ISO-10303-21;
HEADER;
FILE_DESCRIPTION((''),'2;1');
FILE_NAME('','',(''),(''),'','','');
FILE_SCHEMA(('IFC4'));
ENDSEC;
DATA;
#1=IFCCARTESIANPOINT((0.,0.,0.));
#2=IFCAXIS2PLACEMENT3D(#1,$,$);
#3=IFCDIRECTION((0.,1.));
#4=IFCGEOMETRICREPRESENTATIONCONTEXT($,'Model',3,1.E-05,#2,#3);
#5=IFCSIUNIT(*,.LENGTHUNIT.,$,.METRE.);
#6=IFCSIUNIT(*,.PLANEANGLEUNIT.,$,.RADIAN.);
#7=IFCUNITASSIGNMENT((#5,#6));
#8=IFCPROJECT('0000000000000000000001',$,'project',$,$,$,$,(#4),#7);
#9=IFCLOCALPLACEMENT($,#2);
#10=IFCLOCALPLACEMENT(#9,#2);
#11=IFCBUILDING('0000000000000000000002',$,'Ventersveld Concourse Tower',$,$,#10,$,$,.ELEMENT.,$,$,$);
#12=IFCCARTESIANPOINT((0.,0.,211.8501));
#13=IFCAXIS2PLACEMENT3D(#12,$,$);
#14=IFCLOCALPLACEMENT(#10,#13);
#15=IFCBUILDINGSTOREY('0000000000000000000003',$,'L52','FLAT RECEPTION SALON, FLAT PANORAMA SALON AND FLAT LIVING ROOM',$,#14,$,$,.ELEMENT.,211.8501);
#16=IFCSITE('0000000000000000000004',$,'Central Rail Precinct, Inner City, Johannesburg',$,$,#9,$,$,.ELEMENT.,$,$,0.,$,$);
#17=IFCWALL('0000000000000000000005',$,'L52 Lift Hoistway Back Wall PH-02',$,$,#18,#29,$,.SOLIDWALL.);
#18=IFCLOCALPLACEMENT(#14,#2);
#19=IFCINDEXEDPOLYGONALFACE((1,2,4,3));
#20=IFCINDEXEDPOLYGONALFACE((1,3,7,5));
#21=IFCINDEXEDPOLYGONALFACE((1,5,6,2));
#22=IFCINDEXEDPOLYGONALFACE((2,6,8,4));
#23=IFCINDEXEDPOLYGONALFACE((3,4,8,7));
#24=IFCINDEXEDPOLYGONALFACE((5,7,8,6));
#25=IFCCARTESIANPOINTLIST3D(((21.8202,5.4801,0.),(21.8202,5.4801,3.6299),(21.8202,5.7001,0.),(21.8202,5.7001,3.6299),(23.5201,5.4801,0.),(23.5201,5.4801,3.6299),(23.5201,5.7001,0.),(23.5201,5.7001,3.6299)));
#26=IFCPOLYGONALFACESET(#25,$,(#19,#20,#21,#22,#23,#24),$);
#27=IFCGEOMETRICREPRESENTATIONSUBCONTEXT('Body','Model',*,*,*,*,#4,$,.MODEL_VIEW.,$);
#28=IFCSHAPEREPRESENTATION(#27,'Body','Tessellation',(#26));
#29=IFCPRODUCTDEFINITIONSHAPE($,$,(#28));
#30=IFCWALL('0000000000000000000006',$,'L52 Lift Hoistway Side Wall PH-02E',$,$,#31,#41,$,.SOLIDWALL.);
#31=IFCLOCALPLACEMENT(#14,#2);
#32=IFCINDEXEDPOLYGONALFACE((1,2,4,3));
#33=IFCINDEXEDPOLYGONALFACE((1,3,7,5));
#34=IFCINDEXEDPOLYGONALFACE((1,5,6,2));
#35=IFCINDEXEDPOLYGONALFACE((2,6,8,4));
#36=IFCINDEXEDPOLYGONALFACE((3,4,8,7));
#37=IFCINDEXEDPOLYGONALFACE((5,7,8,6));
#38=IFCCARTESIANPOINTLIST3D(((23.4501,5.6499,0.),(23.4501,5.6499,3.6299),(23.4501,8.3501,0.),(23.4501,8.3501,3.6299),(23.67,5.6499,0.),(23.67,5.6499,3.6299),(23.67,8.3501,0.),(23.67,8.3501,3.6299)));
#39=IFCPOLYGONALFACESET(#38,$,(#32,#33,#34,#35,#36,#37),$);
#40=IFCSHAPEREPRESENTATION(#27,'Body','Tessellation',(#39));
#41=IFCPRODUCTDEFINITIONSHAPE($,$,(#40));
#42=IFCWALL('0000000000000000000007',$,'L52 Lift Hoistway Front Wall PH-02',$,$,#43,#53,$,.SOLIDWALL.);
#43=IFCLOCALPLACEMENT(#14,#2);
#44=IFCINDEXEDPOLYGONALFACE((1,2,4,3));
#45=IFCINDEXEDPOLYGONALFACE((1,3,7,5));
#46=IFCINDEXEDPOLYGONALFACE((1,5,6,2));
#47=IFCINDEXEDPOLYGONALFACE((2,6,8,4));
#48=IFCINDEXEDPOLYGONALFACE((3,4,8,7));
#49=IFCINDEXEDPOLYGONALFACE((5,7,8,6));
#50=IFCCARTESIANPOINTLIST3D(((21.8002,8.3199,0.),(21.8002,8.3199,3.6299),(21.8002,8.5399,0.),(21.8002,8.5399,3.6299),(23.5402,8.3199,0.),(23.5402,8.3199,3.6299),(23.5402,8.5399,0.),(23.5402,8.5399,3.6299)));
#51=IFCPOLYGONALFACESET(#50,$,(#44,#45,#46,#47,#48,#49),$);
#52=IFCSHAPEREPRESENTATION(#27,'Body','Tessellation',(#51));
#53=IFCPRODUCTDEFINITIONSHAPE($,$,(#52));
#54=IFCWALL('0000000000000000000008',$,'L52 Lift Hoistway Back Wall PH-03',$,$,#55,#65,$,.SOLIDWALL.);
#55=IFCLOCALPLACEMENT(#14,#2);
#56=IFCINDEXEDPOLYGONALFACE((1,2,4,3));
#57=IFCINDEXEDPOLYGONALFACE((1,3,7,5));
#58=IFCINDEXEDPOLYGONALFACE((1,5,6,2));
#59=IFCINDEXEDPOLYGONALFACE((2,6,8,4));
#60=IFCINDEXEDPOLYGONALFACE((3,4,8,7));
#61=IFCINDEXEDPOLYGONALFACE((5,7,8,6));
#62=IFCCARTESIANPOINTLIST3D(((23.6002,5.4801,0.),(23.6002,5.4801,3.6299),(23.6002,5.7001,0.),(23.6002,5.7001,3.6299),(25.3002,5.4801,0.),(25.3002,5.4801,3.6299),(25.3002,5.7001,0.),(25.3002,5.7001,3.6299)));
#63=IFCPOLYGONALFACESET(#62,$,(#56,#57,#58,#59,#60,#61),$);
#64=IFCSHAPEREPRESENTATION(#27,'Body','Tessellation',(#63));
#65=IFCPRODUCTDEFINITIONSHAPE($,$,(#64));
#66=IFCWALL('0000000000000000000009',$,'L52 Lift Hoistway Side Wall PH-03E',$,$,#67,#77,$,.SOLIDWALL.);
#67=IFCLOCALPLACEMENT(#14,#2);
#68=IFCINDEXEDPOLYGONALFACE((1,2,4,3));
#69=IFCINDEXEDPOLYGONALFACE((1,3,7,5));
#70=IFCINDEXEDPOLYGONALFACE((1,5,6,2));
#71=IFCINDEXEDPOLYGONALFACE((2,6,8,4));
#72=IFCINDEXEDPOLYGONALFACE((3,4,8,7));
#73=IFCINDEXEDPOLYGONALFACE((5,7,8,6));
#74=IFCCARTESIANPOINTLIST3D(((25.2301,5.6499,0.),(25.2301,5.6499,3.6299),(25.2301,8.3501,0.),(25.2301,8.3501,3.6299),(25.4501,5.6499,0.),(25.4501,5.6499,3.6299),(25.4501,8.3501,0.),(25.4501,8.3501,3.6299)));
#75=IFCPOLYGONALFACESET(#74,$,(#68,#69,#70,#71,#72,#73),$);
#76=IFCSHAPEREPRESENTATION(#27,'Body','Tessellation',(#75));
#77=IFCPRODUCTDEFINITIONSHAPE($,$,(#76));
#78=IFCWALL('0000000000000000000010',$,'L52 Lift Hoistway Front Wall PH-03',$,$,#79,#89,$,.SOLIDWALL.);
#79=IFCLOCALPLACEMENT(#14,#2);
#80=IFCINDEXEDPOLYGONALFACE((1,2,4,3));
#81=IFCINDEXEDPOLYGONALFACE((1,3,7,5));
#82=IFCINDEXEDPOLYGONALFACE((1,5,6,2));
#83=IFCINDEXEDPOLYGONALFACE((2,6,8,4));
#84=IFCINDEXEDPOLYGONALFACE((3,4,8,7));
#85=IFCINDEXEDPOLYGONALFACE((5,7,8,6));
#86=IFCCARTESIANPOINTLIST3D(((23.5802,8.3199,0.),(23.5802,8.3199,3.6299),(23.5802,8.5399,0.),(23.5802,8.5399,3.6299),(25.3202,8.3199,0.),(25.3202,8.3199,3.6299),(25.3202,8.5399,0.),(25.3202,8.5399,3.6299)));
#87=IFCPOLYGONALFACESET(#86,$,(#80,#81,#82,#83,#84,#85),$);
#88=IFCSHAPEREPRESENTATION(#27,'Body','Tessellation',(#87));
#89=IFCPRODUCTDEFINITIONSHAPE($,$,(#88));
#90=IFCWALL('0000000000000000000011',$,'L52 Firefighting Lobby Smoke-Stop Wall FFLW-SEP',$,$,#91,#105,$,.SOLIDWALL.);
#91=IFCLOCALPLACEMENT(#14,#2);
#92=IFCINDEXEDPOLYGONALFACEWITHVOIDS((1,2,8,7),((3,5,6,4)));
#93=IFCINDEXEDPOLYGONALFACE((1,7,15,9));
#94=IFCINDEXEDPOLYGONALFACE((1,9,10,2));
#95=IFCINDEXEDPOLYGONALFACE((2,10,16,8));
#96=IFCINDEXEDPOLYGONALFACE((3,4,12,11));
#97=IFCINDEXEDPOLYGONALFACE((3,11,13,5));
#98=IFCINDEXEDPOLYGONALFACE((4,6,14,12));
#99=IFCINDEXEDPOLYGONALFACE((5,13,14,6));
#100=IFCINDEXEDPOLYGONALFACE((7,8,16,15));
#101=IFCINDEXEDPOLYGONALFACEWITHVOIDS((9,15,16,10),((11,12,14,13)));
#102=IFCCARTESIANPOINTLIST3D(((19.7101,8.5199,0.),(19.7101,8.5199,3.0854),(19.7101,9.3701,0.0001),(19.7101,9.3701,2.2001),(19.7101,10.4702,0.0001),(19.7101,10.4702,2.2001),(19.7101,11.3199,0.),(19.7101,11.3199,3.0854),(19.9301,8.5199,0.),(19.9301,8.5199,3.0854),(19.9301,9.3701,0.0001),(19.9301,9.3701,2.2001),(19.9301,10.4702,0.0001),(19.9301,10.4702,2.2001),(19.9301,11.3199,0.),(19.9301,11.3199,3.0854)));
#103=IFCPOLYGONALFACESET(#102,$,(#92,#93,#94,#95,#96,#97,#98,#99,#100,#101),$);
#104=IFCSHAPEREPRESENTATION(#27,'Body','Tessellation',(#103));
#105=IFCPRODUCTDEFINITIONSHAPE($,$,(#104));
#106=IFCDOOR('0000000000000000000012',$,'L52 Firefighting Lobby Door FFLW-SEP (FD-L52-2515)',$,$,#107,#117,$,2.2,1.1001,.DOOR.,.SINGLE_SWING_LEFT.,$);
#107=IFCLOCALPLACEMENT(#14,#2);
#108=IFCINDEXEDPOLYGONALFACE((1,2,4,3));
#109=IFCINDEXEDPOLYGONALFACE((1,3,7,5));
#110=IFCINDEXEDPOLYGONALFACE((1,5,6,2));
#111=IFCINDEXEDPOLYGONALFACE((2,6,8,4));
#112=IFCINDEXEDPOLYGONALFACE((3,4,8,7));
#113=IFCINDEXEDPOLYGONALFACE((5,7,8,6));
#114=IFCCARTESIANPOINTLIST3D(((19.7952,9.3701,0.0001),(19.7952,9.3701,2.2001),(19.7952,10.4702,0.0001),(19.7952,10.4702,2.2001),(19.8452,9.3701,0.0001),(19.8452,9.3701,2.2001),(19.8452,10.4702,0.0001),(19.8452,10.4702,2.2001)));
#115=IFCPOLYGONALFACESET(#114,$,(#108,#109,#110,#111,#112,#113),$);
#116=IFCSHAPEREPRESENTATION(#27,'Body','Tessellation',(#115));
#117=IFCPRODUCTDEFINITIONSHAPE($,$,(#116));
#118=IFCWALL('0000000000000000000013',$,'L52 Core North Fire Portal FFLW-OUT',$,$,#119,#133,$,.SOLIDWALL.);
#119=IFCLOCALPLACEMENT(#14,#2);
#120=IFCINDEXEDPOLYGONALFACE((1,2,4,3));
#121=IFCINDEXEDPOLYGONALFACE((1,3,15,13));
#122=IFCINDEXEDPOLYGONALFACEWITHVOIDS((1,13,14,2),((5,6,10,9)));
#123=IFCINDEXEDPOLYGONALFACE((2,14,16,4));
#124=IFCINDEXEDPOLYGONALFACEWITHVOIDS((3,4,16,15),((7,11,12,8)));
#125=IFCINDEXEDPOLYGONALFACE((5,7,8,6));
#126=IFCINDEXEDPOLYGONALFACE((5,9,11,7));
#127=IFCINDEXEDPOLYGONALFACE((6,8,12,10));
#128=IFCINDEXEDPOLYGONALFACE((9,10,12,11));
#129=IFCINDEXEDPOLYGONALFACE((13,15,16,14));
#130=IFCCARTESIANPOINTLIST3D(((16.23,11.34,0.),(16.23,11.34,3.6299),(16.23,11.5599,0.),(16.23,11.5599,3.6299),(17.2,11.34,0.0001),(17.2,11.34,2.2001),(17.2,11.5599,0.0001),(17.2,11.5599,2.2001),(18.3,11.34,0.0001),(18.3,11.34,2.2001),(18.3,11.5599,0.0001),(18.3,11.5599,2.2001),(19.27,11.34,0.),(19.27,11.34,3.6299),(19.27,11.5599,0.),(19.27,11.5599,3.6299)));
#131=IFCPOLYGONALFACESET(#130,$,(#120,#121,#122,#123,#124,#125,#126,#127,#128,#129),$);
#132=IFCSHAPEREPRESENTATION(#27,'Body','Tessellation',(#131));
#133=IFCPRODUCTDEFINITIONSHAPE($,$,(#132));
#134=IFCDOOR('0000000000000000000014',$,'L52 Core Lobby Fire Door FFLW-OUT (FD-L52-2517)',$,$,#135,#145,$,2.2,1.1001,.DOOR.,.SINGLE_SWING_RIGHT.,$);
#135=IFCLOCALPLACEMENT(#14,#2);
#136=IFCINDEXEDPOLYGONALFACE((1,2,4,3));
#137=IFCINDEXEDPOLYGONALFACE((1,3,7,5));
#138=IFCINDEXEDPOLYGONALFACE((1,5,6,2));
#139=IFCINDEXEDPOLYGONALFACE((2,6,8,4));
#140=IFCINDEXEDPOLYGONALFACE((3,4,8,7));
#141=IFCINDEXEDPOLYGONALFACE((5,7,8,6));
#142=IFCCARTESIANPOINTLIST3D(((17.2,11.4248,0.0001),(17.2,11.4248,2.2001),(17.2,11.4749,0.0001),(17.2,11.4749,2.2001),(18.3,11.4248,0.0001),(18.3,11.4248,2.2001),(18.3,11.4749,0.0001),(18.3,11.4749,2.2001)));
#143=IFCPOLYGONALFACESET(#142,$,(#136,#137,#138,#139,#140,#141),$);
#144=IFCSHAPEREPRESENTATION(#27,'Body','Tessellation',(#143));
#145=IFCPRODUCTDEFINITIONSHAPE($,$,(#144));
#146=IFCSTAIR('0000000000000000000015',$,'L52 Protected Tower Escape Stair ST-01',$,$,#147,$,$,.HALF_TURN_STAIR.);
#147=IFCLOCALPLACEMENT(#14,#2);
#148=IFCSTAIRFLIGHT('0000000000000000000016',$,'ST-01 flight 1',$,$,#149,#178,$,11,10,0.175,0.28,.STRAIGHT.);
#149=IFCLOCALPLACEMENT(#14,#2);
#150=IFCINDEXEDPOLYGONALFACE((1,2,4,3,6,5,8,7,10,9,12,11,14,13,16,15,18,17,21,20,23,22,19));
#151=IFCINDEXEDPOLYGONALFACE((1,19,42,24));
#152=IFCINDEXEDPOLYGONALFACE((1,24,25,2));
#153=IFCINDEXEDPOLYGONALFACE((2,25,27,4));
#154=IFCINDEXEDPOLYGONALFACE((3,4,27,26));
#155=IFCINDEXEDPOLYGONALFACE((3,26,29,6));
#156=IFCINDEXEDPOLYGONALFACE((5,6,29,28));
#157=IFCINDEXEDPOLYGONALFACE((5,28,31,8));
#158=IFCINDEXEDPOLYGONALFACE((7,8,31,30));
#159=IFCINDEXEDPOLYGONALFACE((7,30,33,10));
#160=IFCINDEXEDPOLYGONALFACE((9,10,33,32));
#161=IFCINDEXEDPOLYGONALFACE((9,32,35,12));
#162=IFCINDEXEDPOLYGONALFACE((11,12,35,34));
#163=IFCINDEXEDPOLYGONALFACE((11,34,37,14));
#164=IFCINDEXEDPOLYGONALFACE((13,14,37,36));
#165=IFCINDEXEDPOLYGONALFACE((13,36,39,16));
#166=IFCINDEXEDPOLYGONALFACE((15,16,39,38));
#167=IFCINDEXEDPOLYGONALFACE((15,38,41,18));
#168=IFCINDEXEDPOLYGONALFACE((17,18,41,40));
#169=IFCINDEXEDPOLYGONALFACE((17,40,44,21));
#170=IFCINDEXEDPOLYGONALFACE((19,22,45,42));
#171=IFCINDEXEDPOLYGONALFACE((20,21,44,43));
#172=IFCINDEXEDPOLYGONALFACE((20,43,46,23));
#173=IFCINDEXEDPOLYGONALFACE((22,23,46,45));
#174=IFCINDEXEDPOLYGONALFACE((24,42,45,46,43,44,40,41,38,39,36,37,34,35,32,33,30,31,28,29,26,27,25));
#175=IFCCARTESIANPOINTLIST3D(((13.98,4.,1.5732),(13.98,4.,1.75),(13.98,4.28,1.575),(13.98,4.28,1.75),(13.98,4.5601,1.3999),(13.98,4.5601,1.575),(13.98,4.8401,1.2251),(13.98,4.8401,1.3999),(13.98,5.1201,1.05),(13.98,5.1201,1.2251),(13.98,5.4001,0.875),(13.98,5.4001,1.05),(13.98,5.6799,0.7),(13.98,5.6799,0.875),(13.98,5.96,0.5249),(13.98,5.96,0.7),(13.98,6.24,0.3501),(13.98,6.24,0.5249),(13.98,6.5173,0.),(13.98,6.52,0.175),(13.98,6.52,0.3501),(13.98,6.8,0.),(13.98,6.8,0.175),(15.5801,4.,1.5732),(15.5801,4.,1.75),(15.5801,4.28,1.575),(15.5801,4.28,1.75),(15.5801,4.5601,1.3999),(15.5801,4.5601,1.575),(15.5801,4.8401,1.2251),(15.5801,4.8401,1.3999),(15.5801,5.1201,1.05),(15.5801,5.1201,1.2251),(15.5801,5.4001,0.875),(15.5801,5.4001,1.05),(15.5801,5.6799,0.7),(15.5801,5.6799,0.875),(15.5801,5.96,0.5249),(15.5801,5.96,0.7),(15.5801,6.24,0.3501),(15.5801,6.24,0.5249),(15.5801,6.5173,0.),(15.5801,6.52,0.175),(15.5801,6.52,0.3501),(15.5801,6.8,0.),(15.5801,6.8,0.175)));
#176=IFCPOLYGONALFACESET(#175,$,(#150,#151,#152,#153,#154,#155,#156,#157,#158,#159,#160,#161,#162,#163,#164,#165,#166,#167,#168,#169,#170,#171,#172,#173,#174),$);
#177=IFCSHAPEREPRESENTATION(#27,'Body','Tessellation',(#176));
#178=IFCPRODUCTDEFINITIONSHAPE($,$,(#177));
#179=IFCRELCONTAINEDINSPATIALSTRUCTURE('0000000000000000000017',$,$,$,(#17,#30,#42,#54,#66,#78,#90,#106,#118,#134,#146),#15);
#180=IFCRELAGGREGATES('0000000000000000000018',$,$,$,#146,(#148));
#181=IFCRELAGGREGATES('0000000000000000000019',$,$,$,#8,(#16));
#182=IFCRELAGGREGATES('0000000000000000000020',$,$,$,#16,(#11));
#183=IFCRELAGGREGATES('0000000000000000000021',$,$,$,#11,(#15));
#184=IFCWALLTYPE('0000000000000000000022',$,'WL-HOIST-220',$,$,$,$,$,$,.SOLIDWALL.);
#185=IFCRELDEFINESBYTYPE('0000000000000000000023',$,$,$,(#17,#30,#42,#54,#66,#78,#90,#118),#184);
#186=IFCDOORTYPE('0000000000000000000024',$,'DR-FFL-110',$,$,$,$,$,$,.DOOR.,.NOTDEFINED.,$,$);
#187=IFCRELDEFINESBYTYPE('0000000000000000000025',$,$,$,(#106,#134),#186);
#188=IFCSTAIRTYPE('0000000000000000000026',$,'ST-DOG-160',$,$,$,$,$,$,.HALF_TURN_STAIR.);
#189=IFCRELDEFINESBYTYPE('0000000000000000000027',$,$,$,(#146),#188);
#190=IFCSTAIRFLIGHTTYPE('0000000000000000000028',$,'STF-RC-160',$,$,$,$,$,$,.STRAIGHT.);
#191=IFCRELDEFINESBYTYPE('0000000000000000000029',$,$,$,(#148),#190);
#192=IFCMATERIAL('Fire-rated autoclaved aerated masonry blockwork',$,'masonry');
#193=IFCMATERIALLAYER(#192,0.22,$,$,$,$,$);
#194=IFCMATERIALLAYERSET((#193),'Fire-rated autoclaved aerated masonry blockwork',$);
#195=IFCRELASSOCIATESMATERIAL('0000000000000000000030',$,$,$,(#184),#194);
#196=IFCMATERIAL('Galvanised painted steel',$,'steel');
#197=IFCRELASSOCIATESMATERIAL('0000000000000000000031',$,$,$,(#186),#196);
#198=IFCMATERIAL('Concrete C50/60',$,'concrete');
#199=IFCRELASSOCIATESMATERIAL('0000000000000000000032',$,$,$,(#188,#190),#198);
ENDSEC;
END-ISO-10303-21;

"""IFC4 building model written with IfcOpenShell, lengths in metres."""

from ifc_helpers import new_model, si_unit, direction, frame, frame_2d, origin, place, context, subcontext, project, spatial, polyline, rectangle, outline, extrude, material, layer, layer_set, type_object, element, fill, aggregate, save


model = new_model("IFC4")

# Units and contexts
model_context = context("Model", 3, precision=1e-05, world=origin(), true_north=direction((0.0, 1.0)))
body_context = subcontext(model_context, "Body", "Model", "MODEL_VIEW")
ifc_project = project(units=[si_unit("LENGTHUNIT", "METRE"), si_unit("PLANEANGLEUNIT", "RADIAN")], contexts=[model_context])

# Site, building, storey
site_placement = place(None, origin())
site = spatial("IfcSite", under=ifc_project, at=site_placement, Name="Central Rail Precinct, Inner City, Johannesburg", CompositionType="ELEMENT", RefElevation=0.0)
building_placement = place(site_placement, origin())
building = spatial("IfcBuilding", under=site, at=building_placement, Name="Ventersveld Concourse Tower", CompositionType="ELEMENT")
storey_placement = place(building_placement, frame((0.0, 0.0, 211.8501)))
storey = spatial("IfcBuildingStorey", under=building, at=storey_placement, Name="L52", Description="FLAT RECEPTION SALON, FLAT PANORAMA SALON AND FLAT LIVING ROOM", CompositionType="ELEMENT", Elevation=211.8501)

# Shared definitions
ifc_material_1 = material(Name="Concrete C50/60", Category="concrete")

# Shared definitions
ifc_material_2 = material(Name="Fire-rated autoclaved aerated masonry blockwork", Category="masonry")
ifc_layer_1 = layer(ifc_material_2, 0.22)
ifc_layer_set_1 = layer_set([ifc_layer_1], Name="Fire-rated autoclaved aerated masonry blockwork")
wall_type_1 = type_object("IfcWallType", Name="WL-HOIST-220", PredefinedType="SOLIDWALL", material=ifc_layer_set_1)

# Walls
wall_1_placement = place(storey_placement, frame((21.8201, 5.5901, 0.0), z_axis=(0.0, 0.0, 1.0), x_axis=(1.0, 0.0, 0.0)))
element("IfcWall", 1, at=wall_1_placement, inside=storey, type_object=wall_type_1, Name="L52 Lift Hoistway Back Wall PH-02", PredefinedType="SOLIDWALL", context=body_context, shape_type="SweptSolid", body=[
    extrude(rectangle(XDim=1.7, YDim=0.22, at=frame_2d((0.8501, 0.0))), origin(), (0.0, 0.0, 1.0), 3.6299),
])
wall_2_placement = place(storey_placement, frame((23.5601, 5.6499, 0.0), z_axis=(0.0, 0.0, 1.0), x_axis=(0.0, 1.0, 0.0)))
element("IfcWall", 2, at=wall_2_placement, inside=storey, type_object=wall_type_1, Name="L52 Lift Hoistway Side Wall PH-02E", PredefinedType="SOLIDWALL", context=body_context, shape_type="SweptSolid", body=[
    extrude(rectangle(XDim=2.7002, YDim=0.22, at=frame_2d((1.3501, 0.0))), origin(), (0.0, 0.0, 1.0), 3.6299),
])
wall_3_placement = place(storey_placement, frame((21.8, 8.4299, 0.0), z_axis=(0.0, 0.0, 1.0), x_axis=(1.0, 0.0, 0.0)))
element("IfcWall", 3, at=wall_3_placement, inside=storey, type_object=wall_type_1, Name="L52 Lift Hoistway Front Wall PH-02", PredefinedType="SOLIDWALL", context=body_context, shape_type="SweptSolid", body=[
    extrude(rectangle(XDim=1.74, YDim=0.22, at=frame_2d((0.8701, 0.0))), origin(), (0.0, 0.0, 1.0), 3.6299),
])
wall_4_placement = place(storey_placement, frame((23.6001, 5.5901, 0.0), z_axis=(0.0, 0.0, 1.0), x_axis=(1.0, 0.0, 0.0)))
element("IfcWall", 4, at=wall_4_placement, inside=storey, type_object=wall_type_1, Name="L52 Lift Hoistway Back Wall PH-03", PredefinedType="SOLIDWALL", context=body_context, shape_type="SweptSolid", body=[
    extrude(rectangle(XDim=1.7, YDim=0.22, at=frame_2d((0.8501, 0.0))), origin(), (0.0, 0.0, 1.0), 3.6299),
])
wall_5_placement = place(storey_placement, frame((25.3401, 5.6499, 0.0), z_axis=(0.0, 0.0, 1.0), x_axis=(0.0, 1.0, 0.0)))
element("IfcWall", 5, at=wall_5_placement, inside=storey, type_object=wall_type_1, Name="L52 Lift Hoistway Side Wall PH-03E", PredefinedType="SOLIDWALL", context=body_context, shape_type="SweptSolid", body=[
    extrude(rectangle(XDim=2.7002, YDim=0.22, at=frame_2d((1.3501, 0.0))), origin(), (0.0, 0.0, 1.0), 3.6299),
])
wall_6_placement = place(storey_placement, frame((23.5801, 8.4299, 0.0), z_axis=(0.0, 0.0, 1.0), x_axis=(1.0, 0.0, 0.0)))
element("IfcWall", 6, at=wall_6_placement, inside=storey, type_object=wall_type_1, Name="L52 Lift Hoistway Front Wall PH-03", PredefinedType="SOLIDWALL", context=body_context, shape_type="SweptSolid", body=[
    extrude(rectangle(XDim=1.74, YDim=0.22, at=frame_2d((0.8701, 0.0))), origin(), (0.0, 0.0, 1.0), 3.6299),
])

# Walls, openings, doors
wall_7_placement = place(storey_placement, frame((19.8201, 8.52, 0.0), z_axis=(0.0, 0.0, 1.0), x_axis=(0.0, 1.0, 0.0)))
wall_7 = element("IfcWall", 7, at=wall_7_placement, inside=storey, type_object=wall_type_1, Name="L52 Firefighting Lobby Smoke-Stop Wall FFLW-SEP", PredefinedType="SOLIDWALL", context=body_context, shape_type="SweptSolid", body=[
    extrude(rectangle(XDim=2.8, YDim=0.22, at=frame_2d((1.3999, 0.0))), origin(), (0.0, 0.0, 1.0), 3.0854),
])
opening_1_placement = place(wall_7_placement, frame((0.8501, 0.0, 0.0)))
opening_1 = element("IfcOpeningElement", 8, at=opening_1_placement, cuts=wall_7, PredefinedType="OPENING", context=body_context, shape_type="SweptSolid", body=[
    extrude(rectangle(XDim=1.1001, YDim=2.2, at=frame_2d((0.55, 1.1001))), frame((0.0, 0.1201, 0.0), z_axis=(0.0, -1.0, 0.0), x_axis=(1.0, 0.0, 0.0)), (0.0, 0.0, 1.0), 0.24),
])
ifc_material_3 = material(Name="Galvanised painted steel", Category="steel")
door_type_1 = type_object("IfcDoorType", Name="DR-FFL-110", OperationType="NOTDEFINED", PredefinedType="DOOR", material=ifc_material_3)
door_1_placement = place(opening_1_placement, origin())
door_1 = element("IfcDoor", 9, at=door_1_placement, inside=storey, type_object=door_type_1, Name="L52 Firefighting Lobby Door FFLW-SEP (FD-L52-2515)", OperationType="SINGLE_SWING_LEFT", OverallHeight=2.2, OverallWidth=1.1001, PredefinedType="DOOR", context=body_context, shape_type="SweptSolid", body=[
    extrude(rectangle(XDim=1.1001, YDim=2.2, at=frame_2d((0.55, 1.1001))), frame((0.0, 0.0249, 0.0), z_axis=(0.0, -1.0, 0.0), x_axis=(1.0, 0.0, 0.0)), (0.0, 0.0, 1.0), 0.05),
])
fill(opening_1, door_1)
wall_8_placement = place(storey_placement, frame((16.23, 11.45, 0.0), z_axis=(0.0, 0.0, 1.0), x_axis=(1.0, 0.0, 0.0)))
wall_8 = element("IfcWall", 10, at=wall_8_placement, inside=storey, type_object=wall_type_1, Name="L52 Core North Fire Portal FFLW-OUT", PredefinedType="SOLIDWALL", context=body_context, shape_type="SweptSolid", body=[
    extrude(rectangle(XDim=3.04, YDim=0.22, at=frame_2d((1.52, 0.0))), origin(), (0.0, 0.0, 1.0), 3.6299),
])
opening_2_placement = place(wall_8_placement, frame((0.97, 0.0, 0.0)))
opening_2 = element("IfcOpeningElement", 11, at=opening_2_placement, cuts=wall_8, PredefinedType="OPENING", context=body_context, shape_type="SweptSolid", body=[
    extrude(rectangle(XDim=1.1001, YDim=2.2, at=frame_2d((0.55, 1.1001))), frame((0.0, 0.1201, 0.0), z_axis=(0.0, -1.0, 0.0), x_axis=(1.0, 0.0, 0.0)), (0.0, 0.0, 1.0), 0.24),
])
door_2_placement = place(opening_2_placement, origin())
door_2 = element("IfcDoor", 12, at=door_2_placement, inside=storey, type_object=door_type_1, Name="L52 Core Lobby Fire Door FFLW-OUT (FD-L52-2517)", OperationType="SINGLE_SWING_RIGHT", OverallHeight=2.2, OverallWidth=1.1001, PredefinedType="DOOR", context=body_context, shape_type="SweptSolid", body=[
    extrude(rectangle(XDim=1.1001, YDim=2.2, at=frame_2d((0.55, 1.1001))), frame((0.0, 0.0249, 0.0), z_axis=(0.0, -1.0, 0.0), x_axis=(1.0, 0.0, 0.0)), (0.0, 0.0, 1.0), 0.05),
])
fill(opening_2, door_2)

# Stair, stair flight
stair_type = type_object("IfcStairType", Name="ST-DOG-160", PredefinedType="HALF_TURN_STAIR", material=ifc_material_1)
stair_placement = place(storey_placement, origin())
stair = element("IfcStair", 13, at=stair_placement, inside=storey, type_object=stair_type, Name="L52 Protected Tower Escape Stair ST-01", PredefinedType="HALF_TURN_STAIR")
stair_flight_type = type_object("IfcStairFlightType", Name="STF-RC-160", PredefinedType="STRAIGHT", material=ifc_material_1)
stair_flight_1_placement = place(storey_placement, frame((14.78, 6.8, 0.0), z_axis=(0.0, 0.0, 1.0), x_axis=(0.0, -1.0, 0.0)))
stair_flight_1 = element("IfcStairFlight", 14, at=stair_flight_1_placement, type_object=stair_flight_type, Name="ST-01 flight 1", NumberOfRisers=11, NumberOfTreads=10, PredefinedType="STRAIGHT", RiserHeight=0.175, TreadLength=0.28, context=body_context, shape_type="SweptSolid", body=[
    extrude(outline(polyline([(0.0, 0.0), (0.0, 0.175), (0.28, 0.175), (0.28, 0.3501), (0.5601, 0.3501), (0.5601, 0.5249), (0.8401, 0.5249), (0.8401, 0.7), (1.1201, 0.7), (1.1201, 0.875), (1.3999, 0.875), (1.3999, 1.05), (1.6799, 1.05), (1.6799, 1.2251), (1.96, 1.2251), (1.96, 1.3999), (2.24, 1.3999), (2.24, 1.575), (2.52, 1.575), (2.52, 1.75), (2.8, 1.75), (2.8, 1.925), (2.8, 1.5732), (0.2827, 0.0), (0.0, 0.0)])), frame((0.0, 0.8, 0.0), z_axis=(0.0, -1.0, 0.0), x_axis=(1.0, 0.0, 0.0)), (0.0, 0.0, 1.0), 1.6001),
])
aggregate(stair, [stair_flight_1])

save(model, "model.ifc")
